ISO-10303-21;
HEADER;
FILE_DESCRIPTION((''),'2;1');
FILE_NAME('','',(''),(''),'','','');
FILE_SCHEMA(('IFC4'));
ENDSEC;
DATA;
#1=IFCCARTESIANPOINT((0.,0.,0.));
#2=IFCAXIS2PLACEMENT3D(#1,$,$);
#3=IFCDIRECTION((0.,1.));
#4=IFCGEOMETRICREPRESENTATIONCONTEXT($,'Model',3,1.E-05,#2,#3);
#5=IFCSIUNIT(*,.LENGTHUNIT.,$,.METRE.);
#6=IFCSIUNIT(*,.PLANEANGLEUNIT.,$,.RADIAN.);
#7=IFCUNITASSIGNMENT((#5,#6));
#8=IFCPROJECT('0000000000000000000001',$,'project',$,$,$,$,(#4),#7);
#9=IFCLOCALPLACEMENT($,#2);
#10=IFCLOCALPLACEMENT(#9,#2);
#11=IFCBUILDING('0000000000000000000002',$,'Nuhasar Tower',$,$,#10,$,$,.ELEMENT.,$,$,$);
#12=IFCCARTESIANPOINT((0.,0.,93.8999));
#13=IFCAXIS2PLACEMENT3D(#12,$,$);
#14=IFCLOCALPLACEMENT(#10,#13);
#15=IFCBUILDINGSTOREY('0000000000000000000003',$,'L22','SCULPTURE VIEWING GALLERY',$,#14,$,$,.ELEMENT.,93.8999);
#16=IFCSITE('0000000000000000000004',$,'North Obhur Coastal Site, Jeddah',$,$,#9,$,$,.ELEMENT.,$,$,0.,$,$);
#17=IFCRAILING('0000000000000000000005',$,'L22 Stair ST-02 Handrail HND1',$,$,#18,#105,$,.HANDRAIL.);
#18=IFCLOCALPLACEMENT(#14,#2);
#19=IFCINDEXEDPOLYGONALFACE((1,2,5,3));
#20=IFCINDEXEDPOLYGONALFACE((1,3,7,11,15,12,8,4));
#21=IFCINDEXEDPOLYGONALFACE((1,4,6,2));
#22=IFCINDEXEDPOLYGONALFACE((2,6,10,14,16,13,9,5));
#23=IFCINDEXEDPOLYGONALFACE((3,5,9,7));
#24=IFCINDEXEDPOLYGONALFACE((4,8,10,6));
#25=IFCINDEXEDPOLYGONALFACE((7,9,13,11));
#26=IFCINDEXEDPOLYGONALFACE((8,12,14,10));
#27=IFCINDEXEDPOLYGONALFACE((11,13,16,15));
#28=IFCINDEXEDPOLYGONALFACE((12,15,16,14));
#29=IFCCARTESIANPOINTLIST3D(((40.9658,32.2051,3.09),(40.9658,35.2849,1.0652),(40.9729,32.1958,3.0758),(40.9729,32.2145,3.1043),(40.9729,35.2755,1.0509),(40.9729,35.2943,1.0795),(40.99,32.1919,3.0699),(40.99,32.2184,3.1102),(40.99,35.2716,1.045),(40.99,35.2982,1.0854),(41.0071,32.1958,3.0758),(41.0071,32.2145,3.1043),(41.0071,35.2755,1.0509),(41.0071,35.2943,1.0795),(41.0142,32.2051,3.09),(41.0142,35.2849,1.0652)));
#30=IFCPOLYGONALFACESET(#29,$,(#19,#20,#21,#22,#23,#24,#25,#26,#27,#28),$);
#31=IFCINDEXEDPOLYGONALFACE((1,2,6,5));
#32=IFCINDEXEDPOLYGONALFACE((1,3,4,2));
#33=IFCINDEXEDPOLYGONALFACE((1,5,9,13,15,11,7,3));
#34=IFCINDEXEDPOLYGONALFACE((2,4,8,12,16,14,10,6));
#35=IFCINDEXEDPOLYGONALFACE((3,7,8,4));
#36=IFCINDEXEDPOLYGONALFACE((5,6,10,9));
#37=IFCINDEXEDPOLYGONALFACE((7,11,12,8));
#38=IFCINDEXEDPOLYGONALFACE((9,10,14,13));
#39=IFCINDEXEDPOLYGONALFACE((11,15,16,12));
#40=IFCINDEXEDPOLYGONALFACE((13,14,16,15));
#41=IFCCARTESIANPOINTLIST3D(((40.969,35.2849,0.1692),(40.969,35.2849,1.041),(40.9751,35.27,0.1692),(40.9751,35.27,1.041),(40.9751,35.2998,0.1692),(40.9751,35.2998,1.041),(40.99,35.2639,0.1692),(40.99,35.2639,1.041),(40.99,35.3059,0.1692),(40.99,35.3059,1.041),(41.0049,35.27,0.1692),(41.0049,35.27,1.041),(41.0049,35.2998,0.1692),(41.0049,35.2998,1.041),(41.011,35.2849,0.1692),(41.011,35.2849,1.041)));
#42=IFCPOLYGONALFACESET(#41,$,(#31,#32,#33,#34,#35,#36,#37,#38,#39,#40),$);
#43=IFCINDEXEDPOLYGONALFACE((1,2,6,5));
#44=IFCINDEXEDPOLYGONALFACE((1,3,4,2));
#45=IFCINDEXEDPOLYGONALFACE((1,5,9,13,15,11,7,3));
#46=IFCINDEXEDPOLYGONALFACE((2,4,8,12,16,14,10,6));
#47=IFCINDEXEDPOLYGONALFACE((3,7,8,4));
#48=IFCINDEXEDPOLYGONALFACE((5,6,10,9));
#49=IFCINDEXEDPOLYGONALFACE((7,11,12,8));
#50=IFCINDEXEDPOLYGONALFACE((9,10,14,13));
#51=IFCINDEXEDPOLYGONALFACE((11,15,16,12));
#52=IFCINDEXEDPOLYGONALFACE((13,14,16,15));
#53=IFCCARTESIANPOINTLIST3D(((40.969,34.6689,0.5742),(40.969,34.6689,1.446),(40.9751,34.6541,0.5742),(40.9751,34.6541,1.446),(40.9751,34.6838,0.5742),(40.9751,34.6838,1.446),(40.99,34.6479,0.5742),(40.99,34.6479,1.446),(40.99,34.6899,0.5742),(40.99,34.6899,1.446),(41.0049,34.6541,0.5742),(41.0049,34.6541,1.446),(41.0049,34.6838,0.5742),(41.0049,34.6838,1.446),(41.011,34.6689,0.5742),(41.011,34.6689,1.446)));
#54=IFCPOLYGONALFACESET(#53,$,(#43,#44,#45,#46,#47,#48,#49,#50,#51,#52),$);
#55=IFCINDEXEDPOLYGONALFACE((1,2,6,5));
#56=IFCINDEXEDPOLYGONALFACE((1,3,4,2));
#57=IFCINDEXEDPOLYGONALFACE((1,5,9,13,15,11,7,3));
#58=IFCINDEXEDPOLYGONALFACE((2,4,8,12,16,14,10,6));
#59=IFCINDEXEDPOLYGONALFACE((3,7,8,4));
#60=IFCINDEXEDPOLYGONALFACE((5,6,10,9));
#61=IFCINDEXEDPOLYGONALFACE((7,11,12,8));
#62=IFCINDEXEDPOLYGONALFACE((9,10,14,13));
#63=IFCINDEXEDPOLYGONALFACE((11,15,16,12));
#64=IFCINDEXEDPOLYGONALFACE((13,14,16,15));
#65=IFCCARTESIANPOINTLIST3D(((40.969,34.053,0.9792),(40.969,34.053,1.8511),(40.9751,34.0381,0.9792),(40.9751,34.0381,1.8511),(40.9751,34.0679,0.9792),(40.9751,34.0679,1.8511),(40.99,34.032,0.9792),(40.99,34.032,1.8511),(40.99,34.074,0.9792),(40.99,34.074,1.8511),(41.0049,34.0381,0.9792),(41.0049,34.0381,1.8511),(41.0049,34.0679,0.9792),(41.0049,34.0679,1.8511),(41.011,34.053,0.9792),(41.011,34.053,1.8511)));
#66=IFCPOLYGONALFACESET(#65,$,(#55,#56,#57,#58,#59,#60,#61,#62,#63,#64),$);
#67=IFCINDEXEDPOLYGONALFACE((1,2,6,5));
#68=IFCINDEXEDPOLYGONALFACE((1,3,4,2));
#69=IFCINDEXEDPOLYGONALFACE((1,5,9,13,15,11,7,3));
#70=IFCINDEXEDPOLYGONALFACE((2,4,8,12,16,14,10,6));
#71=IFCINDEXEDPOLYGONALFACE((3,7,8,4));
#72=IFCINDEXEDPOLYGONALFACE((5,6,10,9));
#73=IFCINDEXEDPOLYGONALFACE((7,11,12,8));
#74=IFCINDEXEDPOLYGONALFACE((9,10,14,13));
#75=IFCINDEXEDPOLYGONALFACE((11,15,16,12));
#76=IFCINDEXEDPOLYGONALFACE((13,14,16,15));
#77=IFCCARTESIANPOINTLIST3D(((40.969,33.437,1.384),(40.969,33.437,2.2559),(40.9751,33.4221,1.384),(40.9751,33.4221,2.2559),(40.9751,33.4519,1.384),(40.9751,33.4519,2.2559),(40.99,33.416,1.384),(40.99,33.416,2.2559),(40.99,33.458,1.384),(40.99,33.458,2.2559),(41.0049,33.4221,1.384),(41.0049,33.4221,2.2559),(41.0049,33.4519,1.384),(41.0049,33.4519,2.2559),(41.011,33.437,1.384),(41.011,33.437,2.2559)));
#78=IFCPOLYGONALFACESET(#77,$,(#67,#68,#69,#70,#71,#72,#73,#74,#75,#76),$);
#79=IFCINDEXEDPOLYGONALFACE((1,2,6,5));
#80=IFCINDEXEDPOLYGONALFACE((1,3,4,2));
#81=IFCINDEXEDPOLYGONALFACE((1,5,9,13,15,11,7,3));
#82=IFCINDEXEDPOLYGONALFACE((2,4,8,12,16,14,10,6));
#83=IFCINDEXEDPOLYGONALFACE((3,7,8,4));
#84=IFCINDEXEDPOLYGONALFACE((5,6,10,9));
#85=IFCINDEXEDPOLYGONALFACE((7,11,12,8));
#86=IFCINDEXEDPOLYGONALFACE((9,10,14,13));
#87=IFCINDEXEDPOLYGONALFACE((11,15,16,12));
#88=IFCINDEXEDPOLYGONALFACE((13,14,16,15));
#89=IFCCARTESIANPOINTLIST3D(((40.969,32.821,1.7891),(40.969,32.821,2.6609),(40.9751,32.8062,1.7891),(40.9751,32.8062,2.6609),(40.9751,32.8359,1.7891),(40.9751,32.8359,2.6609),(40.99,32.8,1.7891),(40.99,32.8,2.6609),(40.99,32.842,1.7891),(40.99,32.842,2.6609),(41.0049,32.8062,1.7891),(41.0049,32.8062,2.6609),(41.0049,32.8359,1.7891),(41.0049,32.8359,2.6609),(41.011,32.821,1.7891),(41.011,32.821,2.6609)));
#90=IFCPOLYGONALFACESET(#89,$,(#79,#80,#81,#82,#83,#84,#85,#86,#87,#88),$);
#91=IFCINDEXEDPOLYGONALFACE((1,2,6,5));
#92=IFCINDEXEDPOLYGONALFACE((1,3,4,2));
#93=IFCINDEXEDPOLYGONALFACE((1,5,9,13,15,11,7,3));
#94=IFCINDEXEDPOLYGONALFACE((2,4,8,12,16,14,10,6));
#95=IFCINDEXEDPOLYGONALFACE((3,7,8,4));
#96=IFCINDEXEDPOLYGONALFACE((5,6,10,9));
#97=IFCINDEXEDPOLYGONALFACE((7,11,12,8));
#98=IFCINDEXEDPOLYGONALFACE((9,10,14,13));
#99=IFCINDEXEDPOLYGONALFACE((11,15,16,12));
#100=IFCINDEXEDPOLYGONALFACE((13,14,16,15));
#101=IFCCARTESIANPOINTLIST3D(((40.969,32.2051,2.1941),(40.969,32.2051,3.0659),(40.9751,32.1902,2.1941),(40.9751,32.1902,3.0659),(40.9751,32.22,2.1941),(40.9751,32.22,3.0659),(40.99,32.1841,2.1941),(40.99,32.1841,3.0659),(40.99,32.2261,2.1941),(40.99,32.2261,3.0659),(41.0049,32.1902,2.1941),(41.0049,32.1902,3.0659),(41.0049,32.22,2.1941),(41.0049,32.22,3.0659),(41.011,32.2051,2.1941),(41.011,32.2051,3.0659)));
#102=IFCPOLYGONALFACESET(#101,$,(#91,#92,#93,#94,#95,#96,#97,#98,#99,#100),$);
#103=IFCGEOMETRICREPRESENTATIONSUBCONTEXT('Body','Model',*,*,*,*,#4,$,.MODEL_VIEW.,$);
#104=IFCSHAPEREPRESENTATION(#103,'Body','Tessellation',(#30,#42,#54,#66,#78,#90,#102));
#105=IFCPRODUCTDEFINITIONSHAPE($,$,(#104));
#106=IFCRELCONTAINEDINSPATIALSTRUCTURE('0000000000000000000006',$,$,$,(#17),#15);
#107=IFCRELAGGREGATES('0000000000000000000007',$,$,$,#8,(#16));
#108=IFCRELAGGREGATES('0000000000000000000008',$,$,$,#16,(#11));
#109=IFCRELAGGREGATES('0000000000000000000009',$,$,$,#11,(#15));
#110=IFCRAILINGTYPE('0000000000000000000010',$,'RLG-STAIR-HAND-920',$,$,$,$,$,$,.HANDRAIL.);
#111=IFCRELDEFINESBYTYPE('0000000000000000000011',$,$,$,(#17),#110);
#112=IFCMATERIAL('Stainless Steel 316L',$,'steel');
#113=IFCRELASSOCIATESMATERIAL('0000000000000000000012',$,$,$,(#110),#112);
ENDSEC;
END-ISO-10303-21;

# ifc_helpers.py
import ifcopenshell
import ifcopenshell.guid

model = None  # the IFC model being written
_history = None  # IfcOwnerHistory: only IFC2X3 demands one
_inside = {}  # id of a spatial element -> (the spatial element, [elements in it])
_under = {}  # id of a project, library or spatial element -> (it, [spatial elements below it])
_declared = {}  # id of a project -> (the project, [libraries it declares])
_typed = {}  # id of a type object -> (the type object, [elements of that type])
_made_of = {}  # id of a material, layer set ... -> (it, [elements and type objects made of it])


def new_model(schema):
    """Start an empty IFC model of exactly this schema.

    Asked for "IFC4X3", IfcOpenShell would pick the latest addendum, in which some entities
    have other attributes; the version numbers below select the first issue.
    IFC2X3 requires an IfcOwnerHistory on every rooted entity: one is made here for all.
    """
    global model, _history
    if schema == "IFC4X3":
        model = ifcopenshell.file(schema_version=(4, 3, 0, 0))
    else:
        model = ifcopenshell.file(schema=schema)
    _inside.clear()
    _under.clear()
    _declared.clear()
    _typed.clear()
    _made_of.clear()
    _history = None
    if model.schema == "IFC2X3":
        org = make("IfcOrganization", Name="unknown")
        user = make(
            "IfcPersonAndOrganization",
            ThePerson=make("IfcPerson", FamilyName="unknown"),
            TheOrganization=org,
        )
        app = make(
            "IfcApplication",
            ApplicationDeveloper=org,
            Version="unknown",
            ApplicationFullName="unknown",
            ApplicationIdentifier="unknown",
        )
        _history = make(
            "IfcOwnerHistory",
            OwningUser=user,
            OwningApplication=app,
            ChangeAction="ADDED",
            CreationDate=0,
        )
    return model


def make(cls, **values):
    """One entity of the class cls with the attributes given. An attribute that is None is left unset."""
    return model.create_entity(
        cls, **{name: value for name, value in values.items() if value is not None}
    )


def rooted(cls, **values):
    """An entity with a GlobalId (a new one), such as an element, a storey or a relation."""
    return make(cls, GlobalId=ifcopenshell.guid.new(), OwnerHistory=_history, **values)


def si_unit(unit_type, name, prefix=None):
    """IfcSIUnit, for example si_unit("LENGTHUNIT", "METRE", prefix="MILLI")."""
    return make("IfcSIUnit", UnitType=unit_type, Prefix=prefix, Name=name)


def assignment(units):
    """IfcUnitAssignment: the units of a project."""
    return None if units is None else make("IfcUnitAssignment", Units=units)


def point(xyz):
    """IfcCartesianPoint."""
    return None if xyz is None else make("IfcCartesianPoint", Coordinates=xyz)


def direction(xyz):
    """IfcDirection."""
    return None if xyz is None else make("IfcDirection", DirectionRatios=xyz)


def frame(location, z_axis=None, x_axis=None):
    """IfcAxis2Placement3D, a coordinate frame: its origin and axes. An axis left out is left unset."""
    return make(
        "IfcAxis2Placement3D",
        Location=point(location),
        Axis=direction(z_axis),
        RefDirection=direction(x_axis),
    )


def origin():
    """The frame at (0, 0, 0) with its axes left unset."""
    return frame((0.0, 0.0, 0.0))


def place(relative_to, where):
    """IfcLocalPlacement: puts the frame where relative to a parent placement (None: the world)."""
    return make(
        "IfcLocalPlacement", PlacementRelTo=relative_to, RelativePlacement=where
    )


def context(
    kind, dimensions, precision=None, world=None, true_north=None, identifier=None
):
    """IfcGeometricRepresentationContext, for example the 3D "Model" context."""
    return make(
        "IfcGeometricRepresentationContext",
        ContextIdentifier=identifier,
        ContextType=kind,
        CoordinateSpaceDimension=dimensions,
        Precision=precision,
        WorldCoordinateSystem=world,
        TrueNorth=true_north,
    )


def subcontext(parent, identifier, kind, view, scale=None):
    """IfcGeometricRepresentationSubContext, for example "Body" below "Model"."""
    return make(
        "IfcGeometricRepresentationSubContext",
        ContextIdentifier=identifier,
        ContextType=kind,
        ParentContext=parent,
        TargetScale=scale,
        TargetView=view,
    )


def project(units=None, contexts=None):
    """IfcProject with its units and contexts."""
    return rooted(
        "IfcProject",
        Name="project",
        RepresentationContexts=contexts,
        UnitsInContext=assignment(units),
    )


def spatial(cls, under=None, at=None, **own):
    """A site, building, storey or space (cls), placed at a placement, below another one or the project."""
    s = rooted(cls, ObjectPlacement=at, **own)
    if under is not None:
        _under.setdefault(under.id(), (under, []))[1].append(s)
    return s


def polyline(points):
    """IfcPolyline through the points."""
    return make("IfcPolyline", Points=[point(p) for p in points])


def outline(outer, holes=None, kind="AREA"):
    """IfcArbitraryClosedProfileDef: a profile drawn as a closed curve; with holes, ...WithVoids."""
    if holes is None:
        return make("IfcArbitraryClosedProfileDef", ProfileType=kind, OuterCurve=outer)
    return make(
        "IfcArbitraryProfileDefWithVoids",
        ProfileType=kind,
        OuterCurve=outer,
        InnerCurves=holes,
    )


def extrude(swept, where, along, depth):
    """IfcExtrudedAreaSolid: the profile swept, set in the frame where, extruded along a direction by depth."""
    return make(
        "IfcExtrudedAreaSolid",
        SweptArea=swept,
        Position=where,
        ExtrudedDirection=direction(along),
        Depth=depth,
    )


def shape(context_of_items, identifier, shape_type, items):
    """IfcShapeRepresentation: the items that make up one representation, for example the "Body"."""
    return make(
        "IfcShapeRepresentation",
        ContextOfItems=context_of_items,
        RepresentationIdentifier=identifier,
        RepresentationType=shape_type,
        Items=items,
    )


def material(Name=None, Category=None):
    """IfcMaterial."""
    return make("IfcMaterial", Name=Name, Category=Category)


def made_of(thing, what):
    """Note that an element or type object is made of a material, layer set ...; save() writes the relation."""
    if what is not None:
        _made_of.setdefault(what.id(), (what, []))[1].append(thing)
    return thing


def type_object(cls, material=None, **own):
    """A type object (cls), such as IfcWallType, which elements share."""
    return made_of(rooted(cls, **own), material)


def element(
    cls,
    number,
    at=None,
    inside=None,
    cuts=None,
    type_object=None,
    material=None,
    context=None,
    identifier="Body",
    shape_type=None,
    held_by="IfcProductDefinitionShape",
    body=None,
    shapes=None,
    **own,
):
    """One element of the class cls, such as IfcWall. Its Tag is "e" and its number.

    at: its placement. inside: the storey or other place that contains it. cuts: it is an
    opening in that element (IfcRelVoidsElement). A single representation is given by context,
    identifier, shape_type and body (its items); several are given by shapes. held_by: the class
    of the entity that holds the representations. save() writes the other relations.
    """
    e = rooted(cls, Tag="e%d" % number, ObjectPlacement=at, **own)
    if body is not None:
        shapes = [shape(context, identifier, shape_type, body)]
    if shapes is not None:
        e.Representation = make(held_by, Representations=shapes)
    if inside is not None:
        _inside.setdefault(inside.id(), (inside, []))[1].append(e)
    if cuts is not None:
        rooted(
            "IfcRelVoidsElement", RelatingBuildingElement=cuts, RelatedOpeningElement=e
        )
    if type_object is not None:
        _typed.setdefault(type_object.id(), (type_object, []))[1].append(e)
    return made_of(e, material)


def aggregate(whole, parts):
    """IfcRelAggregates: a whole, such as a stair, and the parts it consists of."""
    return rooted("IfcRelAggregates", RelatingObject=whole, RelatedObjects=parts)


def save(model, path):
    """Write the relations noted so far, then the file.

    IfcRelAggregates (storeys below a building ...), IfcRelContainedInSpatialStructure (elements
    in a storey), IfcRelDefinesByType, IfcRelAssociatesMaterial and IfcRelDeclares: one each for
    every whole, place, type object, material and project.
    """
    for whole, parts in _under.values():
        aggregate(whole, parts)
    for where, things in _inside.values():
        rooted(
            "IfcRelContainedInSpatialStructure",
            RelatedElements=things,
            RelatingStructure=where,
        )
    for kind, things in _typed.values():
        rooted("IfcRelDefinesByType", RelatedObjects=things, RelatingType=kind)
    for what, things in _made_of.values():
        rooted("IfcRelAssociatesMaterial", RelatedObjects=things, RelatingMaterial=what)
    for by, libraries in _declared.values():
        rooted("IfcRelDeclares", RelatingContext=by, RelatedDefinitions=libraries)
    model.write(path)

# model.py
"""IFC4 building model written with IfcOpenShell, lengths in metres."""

from ifc_helpers import new_model, si_unit, direction, frame, origin, place, context, subcontext, project, spatial, polyline, outline, extrude, material, type_object, element, save


model = new_model("IFC4")

# Units and contexts
model_context = context("Model", 3, precision=1e-05, world=origin(), true_north=direction((0.0, 1.0)))
body_context = subcontext(model_context, "Body", "Model", "MODEL_VIEW")
ifc_project = project(units=[si_unit("LENGTHUNIT", "METRE"), si_unit("PLANEANGLEUNIT", "RADIAN")], contexts=[model_context])

# Site, building, storey
site_placement = place(None, origin())
site = spatial("IfcSite", under=ifc_project, at=site_placement, Name="North Obhur Coastal Site, Jeddah", CompositionType="ELEMENT", RefElevation=0.0)
building_placement = place(site_placement, origin())
building = spatial("IfcBuilding", under=site, at=building_placement, Name="Nuhasar Tower", CompositionType="ELEMENT")
storey_placement = place(building_placement, frame((0.0, 0.0, 93.8999)))
storey = spatial("IfcBuildingStorey", under=building, at=storey_placement, Name="L22", Description="SCULPTURE VIEWING GALLERY", CompositionType="ELEMENT", Elevation=93.8999)

# Railing
ifc_material_1 = material(Name="Stainless Steel 316L", Category="steel")
railing_type_1 = type_object("IfcRailingType", Name="RLG-STAIR-HAND-920", PredefinedType="HANDRAIL", material=ifc_material_1)
railing_1_placement = place(storey_placement, frame((40.99, 35.2849, 0.1692)))
element("IfcRailing", 1, at=railing_1_placement, inside=storey, type_object=railing_type_1, Name="L22 Stair ST-02 Handrail HND1", PredefinedType="HANDRAIL", context=body_context, shape_type="SweptSolid", body=[
    extrude(outline(polyline([(0.0242, 0.0), (0.0171, 0.0171), (0.0, 0.0242), (-0.0171, 0.0171), (-0.0242, 0.0), (-0.0171, -0.0171), (0.0, -0.0242), (0.0171, -0.0171), (0.0242, 0.0)])), frame((0.0, 0.0, 0.896), z_axis=(0.0, -0.83558, 0.54937), x_axis=(1.0, 0.0, 0.0)), (0.0, 0.0, 1.0), 3.6858),
    extrude(outline(polyline([(0.021, 0.0), (0.0149, 0.0149), (0.0, 0.021), (-0.0149, 0.0149), (-0.021, 0.0), (-0.0149, -0.0149), (0.0, -0.021), (0.0149, -0.0149), (0.021, 0.0)])), origin(), (0.0, 0.0, 1.0), 0.8718),
    extrude(outline(polyline([(0.021, 0.0), (0.0149, 0.0149), (0.0, 0.021), (-0.0149, 0.0149), (-0.021, 0.0), (-0.0149, -0.0149), (0.0, -0.021), (0.0149, -0.0149), (0.021, 0.0)])), frame((0.0, -0.616, 0.405)), (0.0, 0.0, 1.0), 0.8718),
    extrude(outline(polyline([(0.021, 0.0), (0.0149, 0.0149), (0.0, 0.021), (-0.0149, 0.0149), (-0.021, 0.0), (-0.0149, -0.0149), (0.0, -0.021), (0.0149, -0.0149), (0.021, 0.0)])), frame((0.0, -1.2319, 0.8101)), (0.0, 0.0, 1.0), 0.8718),
    extrude(outline(polyline([(0.021, 0.0), (0.0149, 0.0149), (0.0, 0.021), (-0.0149, 0.0149), (-0.021, 0.0), (-0.0149, -0.0149), (0.0, -0.021), (0.0149, -0.0149), (0.021, 0.0)])), frame((0.0, -1.8479, 1.2148)), (0.0, 0.0, 1.0), 0.8718),
    extrude(outline(polyline([(0.021, 0.0), (0.0149, 0.0149), (0.0, 0.021), (-0.0149, 0.0149), (-0.021, 0.0), (-0.0149, -0.0149), (0.0, -0.021), (0.0149, -0.0149), (0.021, 0.0)])), frame((0.0, -2.4639, 1.6199)), (0.0, 0.0, 1.0), 0.8718),
    extrude(outline(polyline([(0.021, 0.0), (0.0149, 0.0149), (0.0, 0.021), (-0.0149, 0.0149), (-0.021, 0.0), (-0.0149, -0.0149), (0.0, -0.021), (0.0149, -0.0149), (0.021, 0.0)])), frame((0.0, -3.0798, 2.0249)), (0.0, 0.0, 1.0), 0.8718),
])

save(model, "model.ifc")
